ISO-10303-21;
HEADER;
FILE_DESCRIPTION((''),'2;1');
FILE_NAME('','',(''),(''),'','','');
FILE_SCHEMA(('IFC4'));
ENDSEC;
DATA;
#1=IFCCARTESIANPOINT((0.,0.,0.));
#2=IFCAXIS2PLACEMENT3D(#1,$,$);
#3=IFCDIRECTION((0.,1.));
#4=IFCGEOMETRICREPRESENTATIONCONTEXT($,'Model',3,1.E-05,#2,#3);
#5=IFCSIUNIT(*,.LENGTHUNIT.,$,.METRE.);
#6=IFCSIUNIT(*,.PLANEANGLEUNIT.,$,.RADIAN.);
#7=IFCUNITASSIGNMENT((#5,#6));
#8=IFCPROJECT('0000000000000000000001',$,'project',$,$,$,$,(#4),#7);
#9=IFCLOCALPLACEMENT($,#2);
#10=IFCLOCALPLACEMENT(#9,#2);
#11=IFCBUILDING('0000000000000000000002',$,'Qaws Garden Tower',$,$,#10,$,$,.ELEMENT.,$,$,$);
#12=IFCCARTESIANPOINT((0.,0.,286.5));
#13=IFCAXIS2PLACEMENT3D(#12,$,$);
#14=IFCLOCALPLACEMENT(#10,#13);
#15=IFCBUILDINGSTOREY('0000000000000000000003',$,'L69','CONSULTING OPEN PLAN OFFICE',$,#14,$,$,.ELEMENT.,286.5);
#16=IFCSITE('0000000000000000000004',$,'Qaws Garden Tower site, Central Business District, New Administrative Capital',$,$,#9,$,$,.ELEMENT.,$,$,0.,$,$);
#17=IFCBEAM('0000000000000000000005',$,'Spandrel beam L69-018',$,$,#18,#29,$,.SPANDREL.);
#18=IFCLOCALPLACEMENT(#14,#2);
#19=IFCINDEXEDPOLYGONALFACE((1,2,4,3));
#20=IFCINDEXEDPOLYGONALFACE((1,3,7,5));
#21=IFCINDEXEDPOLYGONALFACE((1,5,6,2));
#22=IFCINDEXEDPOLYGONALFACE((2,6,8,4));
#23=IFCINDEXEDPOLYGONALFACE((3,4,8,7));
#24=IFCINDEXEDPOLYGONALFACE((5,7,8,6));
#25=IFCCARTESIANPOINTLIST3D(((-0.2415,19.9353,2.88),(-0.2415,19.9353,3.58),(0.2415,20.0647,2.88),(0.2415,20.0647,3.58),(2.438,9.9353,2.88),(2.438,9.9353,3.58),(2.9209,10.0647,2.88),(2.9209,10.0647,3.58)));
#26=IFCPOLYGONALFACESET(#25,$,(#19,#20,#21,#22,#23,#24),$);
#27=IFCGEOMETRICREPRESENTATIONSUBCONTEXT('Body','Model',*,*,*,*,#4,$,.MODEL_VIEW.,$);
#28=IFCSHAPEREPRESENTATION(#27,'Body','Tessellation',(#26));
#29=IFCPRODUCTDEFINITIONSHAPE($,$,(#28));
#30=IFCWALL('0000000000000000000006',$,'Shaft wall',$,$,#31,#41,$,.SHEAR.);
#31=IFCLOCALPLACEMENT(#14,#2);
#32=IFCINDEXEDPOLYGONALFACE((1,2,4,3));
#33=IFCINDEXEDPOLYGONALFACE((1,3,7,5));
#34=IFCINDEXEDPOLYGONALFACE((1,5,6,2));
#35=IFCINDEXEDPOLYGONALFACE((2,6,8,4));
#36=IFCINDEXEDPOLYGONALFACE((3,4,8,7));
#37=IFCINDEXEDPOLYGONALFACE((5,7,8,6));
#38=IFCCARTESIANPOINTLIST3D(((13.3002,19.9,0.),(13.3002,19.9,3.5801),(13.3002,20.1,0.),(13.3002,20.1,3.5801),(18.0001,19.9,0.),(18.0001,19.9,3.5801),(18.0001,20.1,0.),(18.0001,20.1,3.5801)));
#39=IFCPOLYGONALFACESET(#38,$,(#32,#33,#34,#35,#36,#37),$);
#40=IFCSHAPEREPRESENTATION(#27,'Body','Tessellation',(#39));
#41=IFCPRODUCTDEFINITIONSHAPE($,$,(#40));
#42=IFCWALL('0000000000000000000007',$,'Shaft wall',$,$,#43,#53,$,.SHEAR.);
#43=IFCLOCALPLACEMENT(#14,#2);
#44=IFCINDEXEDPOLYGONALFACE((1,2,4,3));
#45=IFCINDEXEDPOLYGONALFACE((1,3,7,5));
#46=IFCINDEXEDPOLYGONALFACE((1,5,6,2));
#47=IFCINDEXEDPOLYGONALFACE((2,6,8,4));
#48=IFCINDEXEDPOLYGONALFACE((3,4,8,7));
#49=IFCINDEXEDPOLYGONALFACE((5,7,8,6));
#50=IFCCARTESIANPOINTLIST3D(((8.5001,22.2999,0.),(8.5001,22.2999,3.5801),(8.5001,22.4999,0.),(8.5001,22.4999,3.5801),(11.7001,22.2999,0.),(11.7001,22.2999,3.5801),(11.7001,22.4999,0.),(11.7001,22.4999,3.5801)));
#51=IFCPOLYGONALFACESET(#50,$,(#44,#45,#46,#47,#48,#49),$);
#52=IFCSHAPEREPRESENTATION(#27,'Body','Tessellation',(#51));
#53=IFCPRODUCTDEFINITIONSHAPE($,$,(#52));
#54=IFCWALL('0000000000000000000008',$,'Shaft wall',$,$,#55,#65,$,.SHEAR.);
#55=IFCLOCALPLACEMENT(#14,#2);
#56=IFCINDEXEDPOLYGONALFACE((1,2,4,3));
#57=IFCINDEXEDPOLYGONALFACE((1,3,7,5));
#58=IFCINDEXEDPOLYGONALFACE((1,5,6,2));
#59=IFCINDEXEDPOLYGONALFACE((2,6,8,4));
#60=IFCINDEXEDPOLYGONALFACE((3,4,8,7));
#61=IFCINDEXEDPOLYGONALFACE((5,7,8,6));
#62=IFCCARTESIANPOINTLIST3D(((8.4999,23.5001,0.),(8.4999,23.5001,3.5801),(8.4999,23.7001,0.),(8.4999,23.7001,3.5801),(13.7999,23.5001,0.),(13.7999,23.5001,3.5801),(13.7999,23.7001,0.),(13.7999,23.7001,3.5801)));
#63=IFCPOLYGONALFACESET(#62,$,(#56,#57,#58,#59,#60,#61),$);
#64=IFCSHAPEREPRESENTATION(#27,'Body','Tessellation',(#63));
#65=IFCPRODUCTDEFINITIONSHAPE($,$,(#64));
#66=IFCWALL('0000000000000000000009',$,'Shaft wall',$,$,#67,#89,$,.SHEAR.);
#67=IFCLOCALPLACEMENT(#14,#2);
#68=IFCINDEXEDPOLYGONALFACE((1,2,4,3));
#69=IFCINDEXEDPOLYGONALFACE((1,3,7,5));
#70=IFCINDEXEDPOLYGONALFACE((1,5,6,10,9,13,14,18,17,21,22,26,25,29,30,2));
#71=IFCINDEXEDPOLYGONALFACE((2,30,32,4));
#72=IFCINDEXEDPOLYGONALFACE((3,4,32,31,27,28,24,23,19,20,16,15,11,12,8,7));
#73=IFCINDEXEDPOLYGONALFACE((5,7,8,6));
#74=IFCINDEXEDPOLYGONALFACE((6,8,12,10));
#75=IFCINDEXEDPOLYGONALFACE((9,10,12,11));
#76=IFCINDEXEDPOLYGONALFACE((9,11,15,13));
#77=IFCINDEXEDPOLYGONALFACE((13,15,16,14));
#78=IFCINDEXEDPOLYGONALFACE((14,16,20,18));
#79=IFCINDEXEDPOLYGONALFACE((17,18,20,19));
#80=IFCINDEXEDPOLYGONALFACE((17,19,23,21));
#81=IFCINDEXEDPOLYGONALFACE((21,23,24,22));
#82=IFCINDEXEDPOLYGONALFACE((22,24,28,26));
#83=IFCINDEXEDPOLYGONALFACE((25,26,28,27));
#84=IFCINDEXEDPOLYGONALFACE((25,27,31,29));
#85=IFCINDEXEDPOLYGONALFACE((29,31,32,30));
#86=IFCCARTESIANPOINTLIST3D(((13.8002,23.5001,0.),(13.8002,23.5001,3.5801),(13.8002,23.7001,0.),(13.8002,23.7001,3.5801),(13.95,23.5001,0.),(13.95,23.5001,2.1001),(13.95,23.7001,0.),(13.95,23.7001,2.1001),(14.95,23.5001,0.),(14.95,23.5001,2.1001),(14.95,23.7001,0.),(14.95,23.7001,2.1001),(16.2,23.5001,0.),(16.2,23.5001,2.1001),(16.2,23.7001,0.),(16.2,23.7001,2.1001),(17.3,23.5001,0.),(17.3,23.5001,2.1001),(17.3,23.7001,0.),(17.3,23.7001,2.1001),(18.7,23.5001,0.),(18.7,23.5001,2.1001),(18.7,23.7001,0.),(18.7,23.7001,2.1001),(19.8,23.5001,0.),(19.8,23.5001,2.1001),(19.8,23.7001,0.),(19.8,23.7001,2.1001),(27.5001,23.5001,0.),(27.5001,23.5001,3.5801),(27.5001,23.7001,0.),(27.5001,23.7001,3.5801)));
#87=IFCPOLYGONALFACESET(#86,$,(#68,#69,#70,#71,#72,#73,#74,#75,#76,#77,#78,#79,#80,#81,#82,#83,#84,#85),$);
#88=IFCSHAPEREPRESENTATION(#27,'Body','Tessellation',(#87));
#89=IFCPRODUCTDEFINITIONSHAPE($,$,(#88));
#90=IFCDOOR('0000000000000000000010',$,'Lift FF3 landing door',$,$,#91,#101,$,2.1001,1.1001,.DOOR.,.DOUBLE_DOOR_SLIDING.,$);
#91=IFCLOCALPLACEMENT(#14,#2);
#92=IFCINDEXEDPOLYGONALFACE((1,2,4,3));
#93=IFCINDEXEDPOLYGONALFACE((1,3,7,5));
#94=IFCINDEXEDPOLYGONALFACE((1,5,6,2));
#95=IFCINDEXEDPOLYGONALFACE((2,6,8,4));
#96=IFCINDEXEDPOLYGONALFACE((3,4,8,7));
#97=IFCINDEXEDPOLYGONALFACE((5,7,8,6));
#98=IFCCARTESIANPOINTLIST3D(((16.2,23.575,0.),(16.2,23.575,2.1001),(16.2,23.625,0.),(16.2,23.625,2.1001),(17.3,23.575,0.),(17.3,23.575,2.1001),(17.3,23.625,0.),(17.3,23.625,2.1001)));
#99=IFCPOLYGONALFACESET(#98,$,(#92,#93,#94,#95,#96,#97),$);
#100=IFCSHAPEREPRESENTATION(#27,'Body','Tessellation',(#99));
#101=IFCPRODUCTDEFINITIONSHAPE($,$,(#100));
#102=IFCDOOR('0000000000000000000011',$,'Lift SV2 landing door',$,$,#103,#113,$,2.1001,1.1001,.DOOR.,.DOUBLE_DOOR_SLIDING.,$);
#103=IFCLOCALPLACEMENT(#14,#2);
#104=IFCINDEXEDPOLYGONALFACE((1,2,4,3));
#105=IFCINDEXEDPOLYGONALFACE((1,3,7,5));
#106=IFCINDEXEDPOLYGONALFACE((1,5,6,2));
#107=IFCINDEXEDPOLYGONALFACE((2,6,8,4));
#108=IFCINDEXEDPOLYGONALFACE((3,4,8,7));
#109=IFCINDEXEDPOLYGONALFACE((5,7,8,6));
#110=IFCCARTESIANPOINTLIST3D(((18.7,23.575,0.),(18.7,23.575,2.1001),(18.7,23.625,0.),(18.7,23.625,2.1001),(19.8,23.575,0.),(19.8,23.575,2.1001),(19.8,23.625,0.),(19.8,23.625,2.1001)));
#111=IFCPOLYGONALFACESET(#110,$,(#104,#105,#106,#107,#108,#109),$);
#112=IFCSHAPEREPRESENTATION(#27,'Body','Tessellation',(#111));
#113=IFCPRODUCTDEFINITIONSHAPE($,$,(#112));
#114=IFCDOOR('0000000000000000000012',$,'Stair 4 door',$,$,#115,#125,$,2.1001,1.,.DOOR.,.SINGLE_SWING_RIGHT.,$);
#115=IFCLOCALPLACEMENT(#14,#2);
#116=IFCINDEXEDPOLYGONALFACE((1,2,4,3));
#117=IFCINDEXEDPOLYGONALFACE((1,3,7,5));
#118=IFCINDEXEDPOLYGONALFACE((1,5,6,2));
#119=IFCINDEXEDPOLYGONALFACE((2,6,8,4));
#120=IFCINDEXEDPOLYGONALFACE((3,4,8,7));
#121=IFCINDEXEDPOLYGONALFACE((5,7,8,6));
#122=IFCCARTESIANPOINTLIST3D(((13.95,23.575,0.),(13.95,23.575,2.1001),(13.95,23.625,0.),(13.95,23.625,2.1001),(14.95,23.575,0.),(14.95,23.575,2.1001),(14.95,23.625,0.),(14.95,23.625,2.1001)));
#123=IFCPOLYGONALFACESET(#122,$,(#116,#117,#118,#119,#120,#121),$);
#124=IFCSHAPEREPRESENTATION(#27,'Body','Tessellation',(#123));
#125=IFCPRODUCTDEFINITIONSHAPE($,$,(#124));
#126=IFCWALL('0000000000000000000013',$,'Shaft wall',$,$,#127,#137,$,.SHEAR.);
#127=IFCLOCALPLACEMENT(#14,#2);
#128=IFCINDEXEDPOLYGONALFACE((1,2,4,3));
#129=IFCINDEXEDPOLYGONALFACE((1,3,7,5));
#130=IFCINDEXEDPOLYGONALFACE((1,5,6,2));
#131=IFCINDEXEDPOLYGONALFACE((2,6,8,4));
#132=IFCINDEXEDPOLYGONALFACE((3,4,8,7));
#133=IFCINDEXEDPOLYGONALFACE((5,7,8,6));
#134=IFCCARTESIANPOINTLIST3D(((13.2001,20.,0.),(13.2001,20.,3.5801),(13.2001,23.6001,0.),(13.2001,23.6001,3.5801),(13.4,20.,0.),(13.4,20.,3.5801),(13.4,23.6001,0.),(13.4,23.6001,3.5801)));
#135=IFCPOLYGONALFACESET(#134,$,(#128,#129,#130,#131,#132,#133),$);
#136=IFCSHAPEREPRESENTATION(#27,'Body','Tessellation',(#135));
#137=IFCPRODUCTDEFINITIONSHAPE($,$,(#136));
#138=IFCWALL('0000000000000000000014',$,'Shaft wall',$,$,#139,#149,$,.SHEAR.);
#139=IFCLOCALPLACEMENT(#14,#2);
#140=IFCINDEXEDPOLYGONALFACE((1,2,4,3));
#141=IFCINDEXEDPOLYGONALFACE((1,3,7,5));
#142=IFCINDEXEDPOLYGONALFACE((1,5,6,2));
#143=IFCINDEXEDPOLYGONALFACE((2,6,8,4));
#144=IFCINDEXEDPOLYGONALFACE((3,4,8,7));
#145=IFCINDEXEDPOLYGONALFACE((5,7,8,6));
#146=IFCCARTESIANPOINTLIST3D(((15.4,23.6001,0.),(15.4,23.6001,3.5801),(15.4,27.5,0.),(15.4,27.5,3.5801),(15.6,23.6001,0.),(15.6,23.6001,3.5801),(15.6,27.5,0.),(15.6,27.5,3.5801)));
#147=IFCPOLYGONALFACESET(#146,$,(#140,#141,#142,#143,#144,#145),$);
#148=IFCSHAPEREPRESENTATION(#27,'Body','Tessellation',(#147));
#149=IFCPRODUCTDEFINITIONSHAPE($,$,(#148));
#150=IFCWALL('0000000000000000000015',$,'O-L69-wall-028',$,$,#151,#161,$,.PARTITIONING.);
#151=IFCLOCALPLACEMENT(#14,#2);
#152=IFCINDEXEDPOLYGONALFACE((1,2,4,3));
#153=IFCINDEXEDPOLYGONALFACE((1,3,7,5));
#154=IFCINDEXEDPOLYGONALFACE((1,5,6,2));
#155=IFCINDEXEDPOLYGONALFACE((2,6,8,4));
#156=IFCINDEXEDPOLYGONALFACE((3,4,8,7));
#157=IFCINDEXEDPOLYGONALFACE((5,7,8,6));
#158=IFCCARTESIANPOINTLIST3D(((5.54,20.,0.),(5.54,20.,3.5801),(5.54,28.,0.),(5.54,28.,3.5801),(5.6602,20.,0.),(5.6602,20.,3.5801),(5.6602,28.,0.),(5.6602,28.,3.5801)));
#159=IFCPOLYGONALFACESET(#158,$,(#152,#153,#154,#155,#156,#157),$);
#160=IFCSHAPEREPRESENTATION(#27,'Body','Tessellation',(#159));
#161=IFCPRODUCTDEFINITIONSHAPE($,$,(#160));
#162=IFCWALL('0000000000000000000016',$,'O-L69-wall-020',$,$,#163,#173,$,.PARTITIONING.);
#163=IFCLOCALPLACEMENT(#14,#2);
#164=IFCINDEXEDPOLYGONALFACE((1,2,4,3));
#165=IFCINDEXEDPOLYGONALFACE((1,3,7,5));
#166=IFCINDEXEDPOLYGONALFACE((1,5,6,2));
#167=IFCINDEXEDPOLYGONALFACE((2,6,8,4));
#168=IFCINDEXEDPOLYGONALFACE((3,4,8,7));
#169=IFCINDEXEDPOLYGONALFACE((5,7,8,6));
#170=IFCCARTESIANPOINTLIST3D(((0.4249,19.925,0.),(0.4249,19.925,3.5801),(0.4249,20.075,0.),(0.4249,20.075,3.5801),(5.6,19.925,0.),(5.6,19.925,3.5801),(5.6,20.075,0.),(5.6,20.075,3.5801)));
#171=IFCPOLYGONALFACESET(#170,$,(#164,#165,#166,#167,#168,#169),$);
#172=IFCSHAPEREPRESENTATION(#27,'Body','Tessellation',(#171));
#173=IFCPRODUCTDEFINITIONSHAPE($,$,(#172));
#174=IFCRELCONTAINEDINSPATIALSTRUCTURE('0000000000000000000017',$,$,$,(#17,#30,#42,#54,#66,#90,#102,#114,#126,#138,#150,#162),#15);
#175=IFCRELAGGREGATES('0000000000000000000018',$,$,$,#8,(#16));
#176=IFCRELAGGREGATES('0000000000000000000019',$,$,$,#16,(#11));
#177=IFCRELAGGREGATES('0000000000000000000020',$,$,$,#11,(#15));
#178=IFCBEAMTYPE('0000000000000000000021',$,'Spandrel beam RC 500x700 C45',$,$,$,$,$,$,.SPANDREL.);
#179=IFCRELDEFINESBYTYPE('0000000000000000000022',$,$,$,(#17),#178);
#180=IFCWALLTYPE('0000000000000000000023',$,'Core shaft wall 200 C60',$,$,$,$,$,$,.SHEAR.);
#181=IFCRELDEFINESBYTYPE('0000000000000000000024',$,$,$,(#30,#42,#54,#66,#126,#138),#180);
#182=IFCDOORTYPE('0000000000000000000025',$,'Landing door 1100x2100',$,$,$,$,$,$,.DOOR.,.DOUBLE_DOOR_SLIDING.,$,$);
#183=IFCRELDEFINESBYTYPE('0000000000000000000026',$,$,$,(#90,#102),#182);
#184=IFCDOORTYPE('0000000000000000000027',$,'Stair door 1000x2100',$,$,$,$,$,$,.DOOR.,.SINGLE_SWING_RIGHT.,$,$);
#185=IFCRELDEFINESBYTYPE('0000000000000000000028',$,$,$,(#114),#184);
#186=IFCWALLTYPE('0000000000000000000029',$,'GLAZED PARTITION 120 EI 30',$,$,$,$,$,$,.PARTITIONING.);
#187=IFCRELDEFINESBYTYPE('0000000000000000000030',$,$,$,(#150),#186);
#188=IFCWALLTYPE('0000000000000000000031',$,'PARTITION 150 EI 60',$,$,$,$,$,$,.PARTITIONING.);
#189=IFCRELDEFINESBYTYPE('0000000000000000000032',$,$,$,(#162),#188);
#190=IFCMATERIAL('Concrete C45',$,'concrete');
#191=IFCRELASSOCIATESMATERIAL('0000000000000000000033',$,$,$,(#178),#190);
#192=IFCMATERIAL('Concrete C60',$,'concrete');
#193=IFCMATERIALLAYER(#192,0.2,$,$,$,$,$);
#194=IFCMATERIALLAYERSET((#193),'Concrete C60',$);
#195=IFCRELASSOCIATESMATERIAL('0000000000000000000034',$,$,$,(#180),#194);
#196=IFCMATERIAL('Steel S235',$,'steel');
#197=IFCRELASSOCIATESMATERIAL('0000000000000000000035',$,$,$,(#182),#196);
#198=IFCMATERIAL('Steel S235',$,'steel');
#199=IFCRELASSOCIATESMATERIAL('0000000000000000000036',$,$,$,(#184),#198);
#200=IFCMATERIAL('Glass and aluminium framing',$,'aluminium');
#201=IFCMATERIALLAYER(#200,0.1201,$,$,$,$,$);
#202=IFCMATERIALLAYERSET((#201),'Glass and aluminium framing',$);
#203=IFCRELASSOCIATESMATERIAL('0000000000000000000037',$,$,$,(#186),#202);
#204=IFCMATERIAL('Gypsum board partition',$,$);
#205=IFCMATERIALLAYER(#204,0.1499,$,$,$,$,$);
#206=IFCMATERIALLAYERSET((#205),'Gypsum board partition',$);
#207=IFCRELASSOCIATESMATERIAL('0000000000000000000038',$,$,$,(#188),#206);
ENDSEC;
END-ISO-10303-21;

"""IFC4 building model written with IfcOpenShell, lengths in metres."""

from ifc_helpers import new_model, si_unit, direction, frame, frame_2d, origin, origin_2d, place, context, subcontext, project, spatial, rectangle, extrude, material, layer, layer_set, material_profile, profile_set, type_object, element, fill, save


model = new_model("IFC4")

# Units and contexts
model_context = context("Model", 3, precision=1e-05, world=origin(), true_north=direction((0.0, 1.0)))
body_context = subcontext(model_context, "Body", "Model", "MODEL_VIEW")
ifc_project = project(units=[si_unit("LENGTHUNIT", "METRE"), si_unit("PLANEANGLEUNIT", "RADIAN")], contexts=[model_context])

# Site, building, storey
site_placement = place(None, origin())
site = spatial("IfcSite", under=ifc_project, at=site_placement, Name="Qaws Garden Tower site, Central Business District, New Administrative Capital", CompositionType="ELEMENT", RefElevation=0.0)
building_placement = place(site_placement, origin())
building = spatial("IfcBuilding", under=site, at=building_placement, Name="Qaws Garden Tower", CompositionType="ELEMENT")
storey_placement = place(building_placement, frame((0.0, 0.0, 286.5)))
storey = spatial("IfcBuildingStorey", under=building, at=storey_placement, Name="L69", Description="CONSULTING OPEN PLAN OFFICE", CompositionType="ELEMENT", Elevation=286.5)

# Beam
ifc_material_1 = material(Name="Concrete C45", Category="concrete")
ifc_material_profile = material_profile(ifc_material_1, rectangle(XDim=0.5, YDim=0.7, at=origin_2d()), Name="RC 500x700")
ifc_profile_set = profile_set([ifc_material_profile], Name="Concrete C45")
beam_type = type_object("IfcBeamType", Name="Spandrel beam RC 500x700 C45", PredefinedType="SPANDREL", material=ifc_profile_set)
beam_placement = place(storey_placement, frame((0.0, 20.0, 3.23), z_axis=(0.258815, -0.965927, 0.0), x_axis=(0.965927, 0.258815, 0.0)))
element("IfcBeam", 1, at=beam_placement, inside=storey, type_object=beam_type, Name="Spandrel beam L69-018", PredefinedType="SPANDREL", context=body_context, shape_type="SweptSolid", body=[
    extrude(rectangle(XDim=0.5, YDim=0.7, at=origin_2d()), origin(), (0.0, 0.0, 1.0), 10.3528),
])

# Walls
ifc_material_2 = material(Name="Concrete C60", Category="concrete")
ifc_layer_1 = layer(ifc_material_2, 0.2)
ifc_layer_set_1 = layer_set([ifc_layer_1], Name="Concrete C60")
wall_type_1 = type_object("IfcWallType", Name="Core shaft wall 200 C60", PredefinedType="SHEAR", material=ifc_layer_set_1)
wall_1_placement = place(storey_placement, frame((13.3, 20.0, 0.0), z_axis=(0.0, 0.0, 1.0), x_axis=(1.0, 0.0, 0.0)))
element("IfcWall", 2, at=wall_1_placement, inside=storey, type_object=wall_type_1, Name="Shaft wall", PredefinedType="SHEAR", context=body_context, shape_type="SweptSolid", body=[
    extrude(rectangle(XDim=4.7, YDim=0.2, at=frame_2d((2.3501, 0.0))), origin(), (0.0, 0.0, 1.0), 3.5801),
])
wall_2_placement = place(storey_placement, frame((8.5, 22.3999, 0.0), z_axis=(0.0, 0.0, 1.0), x_axis=(1.0, 0.0, 0.0)))
element("IfcWall", 3, at=wall_2_placement, inside=storey, type_object=wall_type_1, Name="Shaft wall", PredefinedType="SHEAR", context=body_context, shape_type="SweptSolid", body=[
    extrude(rectangle(XDim=3.2, YDim=0.2, at=frame_2d((1.6001, 0.0))), origin(), (0.0, 0.0, 1.0), 3.5801),
])
wall_3_placement = place(storey_placement, frame((8.5, 23.6001, 0.0), z_axis=(0.0, 0.0, 1.0), x_axis=(1.0, 0.0, 0.0)))
element("IfcWall", 4, at=wall_3_placement, inside=storey, type_object=wall_type_1, Name="Shaft wall", PredefinedType="SHEAR", context=body_context, shape_type="SweptSolid", body=[
    extrude(rectangle(XDim=5.3, YDim=0.2, at=frame_2d((2.6499, 0.0))), origin(), (0.0, 0.0, 1.0), 3.5801),
])

# Wall, openings, doors
wall_4_placement = place(storey_placement, frame((13.8, 23.6001, 0.0), z_axis=(0.0, 0.0, 1.0), x_axis=(1.0, 0.0, 0.0)))
wall_4 = element("IfcWall", 5, at=wall_4_placement, inside=storey, type_object=wall_type_1, Name="Shaft wall", PredefinedType="SHEAR", context=body_context, shape_type="SweptSolid", body=[
    extrude(rectangle(XDim=13.7, YDim=0.2, at=frame_2d((6.8501, 0.0))), origin(), (0.0, 0.0, 1.0), 3.5801),
])
opening_1_placement = place(wall_4_placement, frame((2.3999, 0.0, 0.0)))
opening_1 = element("IfcOpeningElement", 6, at=opening_1_placement, cuts=wall_4, PredefinedType="OPENING", context=body_context, shape_type="SweptSolid", body=[
    extrude(rectangle(XDim=1.1001, YDim=2.1001, at=frame_2d((0.55, 1.05))), frame((0.0, 0.1099, 0.0), z_axis=(0.0, -1.0, 0.0), x_axis=(1.0, 0.0, 0.0)), (0.0, 0.0, 1.0), 0.22),
])
opening_2_placement = place(wall_4_placement, frame((4.8999, 0.0, 0.0)))
opening_2 = element("IfcOpeningElement", 7, at=opening_2_placement, cuts=wall_4, PredefinedType="OPENING", context=body_context, shape_type="SweptSolid", body=[
    extrude(rectangle(XDim=1.1001, YDim=2.1001, at=frame_2d((0.55, 1.05))), frame((0.0, 0.1099, 0.0), z_axis=(0.0, -1.0, 0.0), x_axis=(1.0, 0.0, 0.0)), (0.0, 0.0, 1.0), 0.22),
])
opening_3_placement = place(wall_4_placement, frame((0.1499, 0.0, 0.0)))
opening_3 = element("IfcOpeningElement", 8, at=opening_3_placement, cuts=wall_4, PredefinedType="OPENING", context=body_context, shape_type="SweptSolid", body=[
    extrude(rectangle(XDim=1.0, YDim=2.1001, at=frame_2d((0.5, 1.05))), frame((0.0, 0.1099, 0.0), z_axis=(0.0, -1.0, 0.0), x_axis=(1.0, 0.0, 0.0)), (0.0, 0.0, 1.0), 0.22),
])
ifc_material_3 = material(Name="Steel S235", Category="steel")
door_type_1 = type_object("IfcDoorType", Name="Landing door 1100x2100", OperationType="DOUBLE_DOOR_SLIDING", PredefinedType="DOOR", material=ifc_material_3)
door_1_placement = place(opening_1_placement, origin())
door_1 = element("IfcDoor", 9, at=door_1_placement, inside=storey, type_object=door_type_1, Name="Lift FF3 landing door", OperationType="DOUBLE_DOOR_SLIDING", OverallHeight=2.1001, OverallWidth=1.1001, PredefinedType="DOOR", context=body_context, shape_type="SweptSolid", body=[
    extrude(rectangle(XDim=1.1001, YDim=2.1001, at=frame_2d((0.55, 1.05))), frame((0.0, 0.0249, 0.0), z_axis=(0.0, -1.0, 0.0), x_axis=(1.0, 0.0, 0.0)), (0.0, 0.0, 1.0), 0.05),
])
fill(opening_1, door_1)
door_2_placement = place(opening_2_placement, origin())
door_2 = element("IfcDoor", 10, at=door_2_placement, inside=storey, type_object=door_type_1, Name="Lift SV2 landing door", OperationType="DOUBLE_DOOR_SLIDING", OverallHeight=2.1001, OverallWidth=1.1001, PredefinedType="DOOR", context=body_context, shape_type="SweptSolid", body=[
    extrude(rectangle(XDim=1.1001, YDim=2.1001, at=frame_2d((0.55, 1.05))), frame((0.0, 0.0249, 0.0), z_axis=(0.0, -1.0, 0.0), x_axis=(1.0, 0.0, 0.0)), (0.0, 0.0, 1.0), 0.05),
])
fill(opening_2, door_2)
ifc_material_4 = material(Name="Steel S235", Category="steel")
door_type_2 = type_object("IfcDoorType", Name="Stair door 1000x2100", OperationType="SINGLE_SWING_RIGHT", PredefinedType="DOOR", material=ifc_material_4)
door_3_placement = place(opening_3_placement, origin())
door_3 = element("IfcDoor", 11, at=door_3_placement, inside=storey, type_object=door_type_2, Name="Stair 4 door", OperationType="SINGLE_SWING_RIGHT", OverallHeight=2.1001, OverallWidth=1.0, PredefinedType="DOOR", context=body_context, shape_type="SweptSolid", body=[
    extrude(rectangle(XDim=1.0, YDim=2.1001, at=frame_2d((0.5, 1.05))), frame((0.0, 0.0249, 0.0), z_axis=(0.0, -1.0, 0.0), x_axis=(1.0, 0.0, 0.0)), (0.0, 0.0, 1.0), 0.05),
])
fill(opening_3, door_3)

# Walls
wall_5_placement = place(storey_placement, frame((13.3, 20.0, 0.0), z_axis=(0.0, 0.0, 1.0), x_axis=(0.0, 1.0, 0.0)))
element("IfcWall", 12, at=wall_5_placement, inside=storey, type_object=wall_type_1, Name="Shaft wall", PredefinedType="SHEAR", context=body_context, shape_type="SweptSolid", body=[
    extrude(rectangle(XDim=3.6001, YDim=0.2, at=frame_2d((1.8, 0.0))), origin(), (0.0, 0.0, 1.0), 3.5801),
])
wall_6_placement = place(storey_placement, frame((15.5, 23.6001, 0.0), z_axis=(0.0, 0.0, 1.0), x_axis=(0.0, 1.0, 0.0)))
element("IfcWall", 13, at=wall_6_placement, inside=storey, type_object=wall_type_1, Name="Shaft wall", PredefinedType="SHEAR", context=body_context, shape_type="SweptSolid", body=[
    extrude(rectangle(XDim=3.8999, YDim=0.2, at=frame_2d((1.95, 0.0))), origin(), (0.0, 0.0, 1.0), 3.5801),
])
ifc_material_5 = material(Name="Glass and aluminium framing", Category="aluminium")
ifc_layer_2 = layer(ifc_material_5, 0.1201)
ifc_layer_set_2 = layer_set([ifc_layer_2], Name="Glass and aluminium framing")
wall_type_2 = type_object("IfcWallType", Name="GLAZED PARTITION 120 EI 30", PredefinedType="PARTITIONING", material=ifc_layer_set_2)
wall_7_placement = place(storey_placement, frame((5.6001, 20.0, 0.0), z_axis=(0.0, 0.0, 1.0), x_axis=(0.0, 1.0, 0.0)))
element("IfcWall", 14, at=wall_7_placement, inside=storey, type_object=wall_type_2, Name="O-L69-wall-028", PredefinedType="PARTITIONING", context=body_context, shape_type="SweptSolid", body=[
    extrude(rectangle(XDim=8.0, YDim=0.1201, at=frame_2d((4.0, 0.0))), origin(), (0.0, 0.0, 1.0), 3.5801),
])
ifc_material_6 = material(Name="Gypsum board partition")
ifc_layer_3 = layer(ifc_material_6, 0.1499)
ifc_layer_set_3 = layer_set([ifc_layer_3], Name="Gypsum board partition")
wall_type_3 = type_object("IfcWallType", Name="PARTITION 150 EI 60", PredefinedType="PARTITIONING", material=ifc_layer_set_3)
wall_8_placement = place(storey_placement, frame((0.425, 20.0, 0.0), z_axis=(0.0, 0.0, 1.0), x_axis=(1.0, 0.0, 0.0)))
element("IfcWall", 15, at=wall_8_placement, inside=storey, type_object=wall_type_3, Name="O-L69-wall-020", PredefinedType="PARTITIONING", context=body_context, shape_type="SweptSolid", body=[
    extrude(rectangle(XDim=5.175, YDim=0.1499, at=frame_2d((2.5874, 0.0))), origin(), (0.0, 0.0, 1.0), 3.5801),
])

save(model, "model.ifc")
